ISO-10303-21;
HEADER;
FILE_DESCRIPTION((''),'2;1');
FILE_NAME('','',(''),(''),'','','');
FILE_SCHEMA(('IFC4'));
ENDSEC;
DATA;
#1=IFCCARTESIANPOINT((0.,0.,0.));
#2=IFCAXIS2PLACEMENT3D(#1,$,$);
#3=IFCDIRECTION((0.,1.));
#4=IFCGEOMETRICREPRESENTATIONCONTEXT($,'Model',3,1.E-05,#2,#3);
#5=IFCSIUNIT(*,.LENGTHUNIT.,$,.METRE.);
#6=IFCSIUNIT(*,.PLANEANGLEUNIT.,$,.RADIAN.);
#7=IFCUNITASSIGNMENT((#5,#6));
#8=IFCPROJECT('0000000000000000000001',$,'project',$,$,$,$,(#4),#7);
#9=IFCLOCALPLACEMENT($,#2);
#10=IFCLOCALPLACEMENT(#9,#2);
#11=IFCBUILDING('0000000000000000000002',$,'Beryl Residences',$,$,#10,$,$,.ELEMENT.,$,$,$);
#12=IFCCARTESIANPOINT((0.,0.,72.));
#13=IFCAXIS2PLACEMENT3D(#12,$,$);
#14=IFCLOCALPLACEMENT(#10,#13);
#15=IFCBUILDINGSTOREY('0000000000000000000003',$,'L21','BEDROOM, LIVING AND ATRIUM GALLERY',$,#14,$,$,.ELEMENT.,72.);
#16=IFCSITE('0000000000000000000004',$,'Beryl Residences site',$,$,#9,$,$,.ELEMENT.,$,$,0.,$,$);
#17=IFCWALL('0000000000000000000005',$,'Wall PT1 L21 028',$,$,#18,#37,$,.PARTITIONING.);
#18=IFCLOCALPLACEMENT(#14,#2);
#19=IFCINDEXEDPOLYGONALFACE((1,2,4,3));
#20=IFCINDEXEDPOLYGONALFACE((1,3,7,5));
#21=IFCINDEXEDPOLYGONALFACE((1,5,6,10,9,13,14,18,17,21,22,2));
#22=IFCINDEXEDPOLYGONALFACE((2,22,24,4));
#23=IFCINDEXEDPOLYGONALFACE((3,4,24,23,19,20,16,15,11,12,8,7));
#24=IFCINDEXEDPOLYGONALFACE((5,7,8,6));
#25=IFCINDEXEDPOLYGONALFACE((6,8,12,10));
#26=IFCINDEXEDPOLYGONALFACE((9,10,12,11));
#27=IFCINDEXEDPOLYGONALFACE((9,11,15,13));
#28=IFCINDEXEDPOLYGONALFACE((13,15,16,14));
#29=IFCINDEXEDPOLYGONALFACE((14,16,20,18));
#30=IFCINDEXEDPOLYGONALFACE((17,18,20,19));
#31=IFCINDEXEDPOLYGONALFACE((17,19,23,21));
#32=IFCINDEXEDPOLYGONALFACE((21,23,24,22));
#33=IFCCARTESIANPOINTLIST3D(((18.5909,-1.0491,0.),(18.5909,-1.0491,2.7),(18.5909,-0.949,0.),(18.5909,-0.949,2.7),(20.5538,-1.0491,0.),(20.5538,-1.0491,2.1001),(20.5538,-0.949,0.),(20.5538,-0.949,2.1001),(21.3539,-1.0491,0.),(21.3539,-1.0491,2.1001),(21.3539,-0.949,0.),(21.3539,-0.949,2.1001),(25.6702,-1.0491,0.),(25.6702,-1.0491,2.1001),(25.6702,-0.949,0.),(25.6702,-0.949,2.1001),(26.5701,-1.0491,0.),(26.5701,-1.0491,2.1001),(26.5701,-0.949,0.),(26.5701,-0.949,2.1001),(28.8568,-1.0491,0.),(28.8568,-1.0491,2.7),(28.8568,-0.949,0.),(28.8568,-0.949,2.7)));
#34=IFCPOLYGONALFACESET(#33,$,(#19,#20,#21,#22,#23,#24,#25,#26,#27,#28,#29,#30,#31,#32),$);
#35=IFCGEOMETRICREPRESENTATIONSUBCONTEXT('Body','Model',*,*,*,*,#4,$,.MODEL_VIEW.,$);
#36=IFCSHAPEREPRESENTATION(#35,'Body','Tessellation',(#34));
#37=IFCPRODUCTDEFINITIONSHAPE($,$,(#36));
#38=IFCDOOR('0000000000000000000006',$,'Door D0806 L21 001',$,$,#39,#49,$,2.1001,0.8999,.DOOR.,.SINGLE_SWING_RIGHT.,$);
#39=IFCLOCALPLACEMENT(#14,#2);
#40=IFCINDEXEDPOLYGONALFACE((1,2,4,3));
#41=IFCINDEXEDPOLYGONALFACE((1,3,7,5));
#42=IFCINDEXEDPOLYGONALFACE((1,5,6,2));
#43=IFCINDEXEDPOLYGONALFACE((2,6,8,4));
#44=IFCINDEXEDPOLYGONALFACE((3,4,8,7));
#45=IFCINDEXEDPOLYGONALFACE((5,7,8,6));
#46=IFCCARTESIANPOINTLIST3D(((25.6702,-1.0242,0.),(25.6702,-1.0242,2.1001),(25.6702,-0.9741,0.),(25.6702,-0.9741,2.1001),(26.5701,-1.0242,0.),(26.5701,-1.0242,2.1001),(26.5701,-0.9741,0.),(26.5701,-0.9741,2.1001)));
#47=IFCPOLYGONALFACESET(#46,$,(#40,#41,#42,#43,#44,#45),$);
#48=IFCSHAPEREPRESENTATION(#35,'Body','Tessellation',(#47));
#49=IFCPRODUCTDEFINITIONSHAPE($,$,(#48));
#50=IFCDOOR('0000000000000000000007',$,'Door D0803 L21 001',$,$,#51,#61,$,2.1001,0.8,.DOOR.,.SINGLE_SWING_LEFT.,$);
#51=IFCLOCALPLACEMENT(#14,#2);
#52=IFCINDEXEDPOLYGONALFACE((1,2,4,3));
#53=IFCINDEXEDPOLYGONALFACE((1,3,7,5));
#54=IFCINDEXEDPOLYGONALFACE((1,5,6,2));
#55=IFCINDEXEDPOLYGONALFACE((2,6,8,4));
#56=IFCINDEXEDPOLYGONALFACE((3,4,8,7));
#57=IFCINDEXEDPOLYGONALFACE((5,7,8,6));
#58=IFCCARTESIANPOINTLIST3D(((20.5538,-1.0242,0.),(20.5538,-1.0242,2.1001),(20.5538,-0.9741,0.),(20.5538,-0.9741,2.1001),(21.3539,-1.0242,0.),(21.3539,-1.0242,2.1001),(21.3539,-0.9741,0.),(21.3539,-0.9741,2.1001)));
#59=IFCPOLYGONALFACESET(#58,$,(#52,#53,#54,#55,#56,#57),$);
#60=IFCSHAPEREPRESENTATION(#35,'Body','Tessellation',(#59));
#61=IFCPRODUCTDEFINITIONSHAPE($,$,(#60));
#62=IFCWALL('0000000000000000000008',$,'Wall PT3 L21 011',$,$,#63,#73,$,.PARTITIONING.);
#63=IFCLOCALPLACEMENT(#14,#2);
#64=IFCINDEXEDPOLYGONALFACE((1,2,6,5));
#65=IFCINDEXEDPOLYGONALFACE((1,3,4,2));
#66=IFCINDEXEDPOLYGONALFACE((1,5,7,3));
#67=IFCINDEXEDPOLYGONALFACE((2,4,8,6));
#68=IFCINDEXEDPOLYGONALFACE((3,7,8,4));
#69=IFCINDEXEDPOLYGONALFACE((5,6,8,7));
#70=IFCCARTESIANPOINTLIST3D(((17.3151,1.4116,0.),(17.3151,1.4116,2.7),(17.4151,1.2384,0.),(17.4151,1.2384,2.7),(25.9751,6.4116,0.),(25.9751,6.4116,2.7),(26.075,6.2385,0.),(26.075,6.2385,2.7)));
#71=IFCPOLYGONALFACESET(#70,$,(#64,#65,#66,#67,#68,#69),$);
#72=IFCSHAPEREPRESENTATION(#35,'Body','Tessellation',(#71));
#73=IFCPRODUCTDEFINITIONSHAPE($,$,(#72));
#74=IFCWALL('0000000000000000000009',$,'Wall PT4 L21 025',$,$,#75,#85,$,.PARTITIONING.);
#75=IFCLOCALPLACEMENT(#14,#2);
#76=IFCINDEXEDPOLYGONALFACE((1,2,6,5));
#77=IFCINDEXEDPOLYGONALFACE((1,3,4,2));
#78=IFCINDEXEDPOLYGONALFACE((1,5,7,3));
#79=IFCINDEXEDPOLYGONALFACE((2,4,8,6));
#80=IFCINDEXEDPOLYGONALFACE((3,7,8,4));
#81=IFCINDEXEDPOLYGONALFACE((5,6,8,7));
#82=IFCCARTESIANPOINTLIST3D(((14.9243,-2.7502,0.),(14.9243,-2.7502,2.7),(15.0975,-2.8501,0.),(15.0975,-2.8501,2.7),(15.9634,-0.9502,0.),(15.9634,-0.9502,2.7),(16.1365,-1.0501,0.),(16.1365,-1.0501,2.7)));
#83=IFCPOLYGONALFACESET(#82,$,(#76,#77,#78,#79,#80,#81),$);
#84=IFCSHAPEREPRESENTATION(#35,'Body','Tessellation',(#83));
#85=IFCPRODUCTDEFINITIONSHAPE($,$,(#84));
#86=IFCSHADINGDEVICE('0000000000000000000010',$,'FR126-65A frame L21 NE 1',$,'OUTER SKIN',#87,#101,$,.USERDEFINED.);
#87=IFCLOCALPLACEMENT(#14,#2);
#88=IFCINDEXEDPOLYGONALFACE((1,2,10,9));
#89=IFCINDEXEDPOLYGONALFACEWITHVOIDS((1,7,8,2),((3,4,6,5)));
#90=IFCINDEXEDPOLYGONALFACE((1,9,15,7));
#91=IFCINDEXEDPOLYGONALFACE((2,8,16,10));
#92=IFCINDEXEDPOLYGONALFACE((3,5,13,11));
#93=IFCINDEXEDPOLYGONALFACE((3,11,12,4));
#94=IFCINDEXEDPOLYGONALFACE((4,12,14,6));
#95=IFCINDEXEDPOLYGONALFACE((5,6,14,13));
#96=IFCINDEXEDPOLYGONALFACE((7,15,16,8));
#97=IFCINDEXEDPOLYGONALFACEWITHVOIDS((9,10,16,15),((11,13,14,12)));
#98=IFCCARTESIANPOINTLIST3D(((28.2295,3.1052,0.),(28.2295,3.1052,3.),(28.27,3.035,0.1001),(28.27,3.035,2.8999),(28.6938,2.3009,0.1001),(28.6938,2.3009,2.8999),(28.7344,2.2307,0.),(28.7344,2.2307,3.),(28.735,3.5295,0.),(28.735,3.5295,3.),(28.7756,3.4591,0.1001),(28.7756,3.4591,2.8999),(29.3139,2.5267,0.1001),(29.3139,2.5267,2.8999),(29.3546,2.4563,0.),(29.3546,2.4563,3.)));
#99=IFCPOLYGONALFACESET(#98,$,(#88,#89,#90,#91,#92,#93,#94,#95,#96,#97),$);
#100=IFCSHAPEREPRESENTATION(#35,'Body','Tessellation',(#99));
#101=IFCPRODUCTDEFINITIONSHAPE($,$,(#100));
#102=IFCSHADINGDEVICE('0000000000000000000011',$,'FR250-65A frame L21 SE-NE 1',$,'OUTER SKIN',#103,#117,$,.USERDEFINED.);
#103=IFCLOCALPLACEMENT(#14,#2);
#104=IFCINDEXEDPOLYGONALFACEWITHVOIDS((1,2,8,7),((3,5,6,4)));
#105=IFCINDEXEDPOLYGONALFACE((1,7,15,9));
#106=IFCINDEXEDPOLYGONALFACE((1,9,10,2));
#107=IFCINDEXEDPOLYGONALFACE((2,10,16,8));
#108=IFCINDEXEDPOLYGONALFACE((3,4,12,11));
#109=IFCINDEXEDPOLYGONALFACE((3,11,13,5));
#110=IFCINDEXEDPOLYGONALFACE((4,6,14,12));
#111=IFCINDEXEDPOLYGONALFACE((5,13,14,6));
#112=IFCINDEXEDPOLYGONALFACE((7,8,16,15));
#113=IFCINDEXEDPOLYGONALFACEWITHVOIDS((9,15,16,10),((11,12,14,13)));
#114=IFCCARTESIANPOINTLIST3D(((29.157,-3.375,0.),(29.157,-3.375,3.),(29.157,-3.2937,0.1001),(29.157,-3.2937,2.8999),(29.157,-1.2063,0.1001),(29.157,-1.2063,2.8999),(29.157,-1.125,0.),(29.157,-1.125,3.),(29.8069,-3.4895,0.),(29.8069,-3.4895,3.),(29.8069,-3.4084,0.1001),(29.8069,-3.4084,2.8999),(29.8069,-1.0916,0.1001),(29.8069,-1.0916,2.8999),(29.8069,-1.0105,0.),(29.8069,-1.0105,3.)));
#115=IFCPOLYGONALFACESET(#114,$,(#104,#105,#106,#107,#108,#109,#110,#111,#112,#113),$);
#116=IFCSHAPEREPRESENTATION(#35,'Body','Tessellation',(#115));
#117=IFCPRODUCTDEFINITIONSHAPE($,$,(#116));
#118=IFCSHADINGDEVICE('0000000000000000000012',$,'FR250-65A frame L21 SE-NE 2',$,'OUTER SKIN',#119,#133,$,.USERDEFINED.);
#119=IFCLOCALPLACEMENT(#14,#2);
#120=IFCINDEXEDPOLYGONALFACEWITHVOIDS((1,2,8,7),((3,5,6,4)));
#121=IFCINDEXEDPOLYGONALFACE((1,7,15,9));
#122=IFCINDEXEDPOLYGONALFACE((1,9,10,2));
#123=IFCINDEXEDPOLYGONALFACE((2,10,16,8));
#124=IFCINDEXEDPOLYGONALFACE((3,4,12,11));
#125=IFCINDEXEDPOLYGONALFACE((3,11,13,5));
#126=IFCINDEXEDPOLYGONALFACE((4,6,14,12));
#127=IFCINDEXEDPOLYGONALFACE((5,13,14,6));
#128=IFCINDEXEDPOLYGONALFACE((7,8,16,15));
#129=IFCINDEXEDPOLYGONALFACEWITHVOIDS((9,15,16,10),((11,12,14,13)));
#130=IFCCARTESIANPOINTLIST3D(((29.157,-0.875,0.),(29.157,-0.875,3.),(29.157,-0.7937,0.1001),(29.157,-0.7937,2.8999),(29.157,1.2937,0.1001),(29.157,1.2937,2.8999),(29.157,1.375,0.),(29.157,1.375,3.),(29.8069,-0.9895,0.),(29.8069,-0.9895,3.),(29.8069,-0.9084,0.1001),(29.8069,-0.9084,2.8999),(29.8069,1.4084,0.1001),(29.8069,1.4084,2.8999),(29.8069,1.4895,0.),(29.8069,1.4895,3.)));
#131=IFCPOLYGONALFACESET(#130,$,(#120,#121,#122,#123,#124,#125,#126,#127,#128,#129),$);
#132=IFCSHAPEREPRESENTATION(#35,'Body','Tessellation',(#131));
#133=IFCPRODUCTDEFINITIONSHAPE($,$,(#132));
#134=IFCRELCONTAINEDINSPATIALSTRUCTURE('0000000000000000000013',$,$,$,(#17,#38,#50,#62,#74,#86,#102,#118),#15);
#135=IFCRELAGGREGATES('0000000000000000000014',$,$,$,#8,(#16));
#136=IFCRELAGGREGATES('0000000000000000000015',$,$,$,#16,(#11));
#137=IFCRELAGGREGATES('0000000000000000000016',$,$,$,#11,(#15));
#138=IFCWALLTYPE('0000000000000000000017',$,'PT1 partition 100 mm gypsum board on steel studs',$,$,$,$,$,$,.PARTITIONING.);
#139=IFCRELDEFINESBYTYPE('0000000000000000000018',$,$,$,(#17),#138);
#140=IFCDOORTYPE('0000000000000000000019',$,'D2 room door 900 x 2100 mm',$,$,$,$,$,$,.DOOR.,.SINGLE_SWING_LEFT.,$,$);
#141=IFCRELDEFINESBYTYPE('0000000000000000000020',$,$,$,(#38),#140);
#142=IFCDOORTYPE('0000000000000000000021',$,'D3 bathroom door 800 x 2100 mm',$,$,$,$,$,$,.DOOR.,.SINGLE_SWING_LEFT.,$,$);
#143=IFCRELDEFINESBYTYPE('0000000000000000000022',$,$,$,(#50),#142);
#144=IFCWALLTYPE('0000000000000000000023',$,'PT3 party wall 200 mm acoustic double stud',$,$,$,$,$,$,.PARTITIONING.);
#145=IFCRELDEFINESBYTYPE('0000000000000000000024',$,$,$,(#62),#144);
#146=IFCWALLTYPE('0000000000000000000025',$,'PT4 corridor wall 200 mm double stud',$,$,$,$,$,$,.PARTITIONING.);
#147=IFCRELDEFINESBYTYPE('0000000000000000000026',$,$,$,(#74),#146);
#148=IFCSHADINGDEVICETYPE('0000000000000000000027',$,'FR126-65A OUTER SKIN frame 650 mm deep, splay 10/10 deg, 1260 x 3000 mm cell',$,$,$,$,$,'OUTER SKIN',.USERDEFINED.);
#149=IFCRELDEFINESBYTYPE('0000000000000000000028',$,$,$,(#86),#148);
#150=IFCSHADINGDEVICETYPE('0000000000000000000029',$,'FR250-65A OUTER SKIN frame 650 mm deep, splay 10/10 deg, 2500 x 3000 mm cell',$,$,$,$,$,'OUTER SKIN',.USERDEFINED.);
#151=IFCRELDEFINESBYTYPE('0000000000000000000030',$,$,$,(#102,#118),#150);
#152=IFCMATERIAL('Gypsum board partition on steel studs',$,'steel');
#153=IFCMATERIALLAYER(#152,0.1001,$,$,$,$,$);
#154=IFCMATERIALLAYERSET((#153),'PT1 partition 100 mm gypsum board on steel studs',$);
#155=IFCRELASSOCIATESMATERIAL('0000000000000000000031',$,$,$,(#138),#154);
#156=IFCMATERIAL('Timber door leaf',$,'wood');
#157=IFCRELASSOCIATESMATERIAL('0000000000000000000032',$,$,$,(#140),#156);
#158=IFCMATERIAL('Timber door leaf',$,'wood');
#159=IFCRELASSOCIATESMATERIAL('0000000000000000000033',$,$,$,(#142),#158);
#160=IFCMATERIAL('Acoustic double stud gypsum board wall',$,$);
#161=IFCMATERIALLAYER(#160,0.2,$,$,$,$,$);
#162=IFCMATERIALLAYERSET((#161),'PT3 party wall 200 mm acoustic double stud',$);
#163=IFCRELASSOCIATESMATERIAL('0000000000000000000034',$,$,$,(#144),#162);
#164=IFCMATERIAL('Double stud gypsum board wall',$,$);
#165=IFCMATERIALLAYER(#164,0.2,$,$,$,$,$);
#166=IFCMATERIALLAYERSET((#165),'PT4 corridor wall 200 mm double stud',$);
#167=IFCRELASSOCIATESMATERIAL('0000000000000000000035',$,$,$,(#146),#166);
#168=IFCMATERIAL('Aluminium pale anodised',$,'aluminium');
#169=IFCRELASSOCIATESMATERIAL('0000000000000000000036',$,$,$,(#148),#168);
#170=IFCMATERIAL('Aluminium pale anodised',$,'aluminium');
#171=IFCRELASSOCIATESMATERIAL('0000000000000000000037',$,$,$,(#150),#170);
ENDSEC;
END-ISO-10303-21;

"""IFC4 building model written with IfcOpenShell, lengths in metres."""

from ifc_helpers import new_model, entity, si_unit, direction, frame, frame_2d, origin, place, context, subcontext, project, spatial, rectangle, extrude, source, transform, mapped, material, layer, layer_set, type_object, type_shapes, element, fill, save


model = new_model("IFC4")

# Units and contexts
model_context = context("Model", 3, precision=1e-05, world=origin(), true_north=direction((0.0, 1.0)))
body_context = subcontext(model_context, "Body", "Model", "MODEL_VIEW")
ifc_project = project(units=[si_unit("LENGTHUNIT", "METRE"), si_unit("PLANEANGLEUNIT", "RADIAN")], contexts=[model_context])

# Site, building, storey
site_placement = place(None, origin())
site = spatial("IfcSite", under=ifc_project, at=site_placement, Name="Beryl Residences site", CompositionType="ELEMENT", RefElevation=0.0)
building_placement = place(site_placement, origin())
building = spatial("IfcBuilding", under=site, at=building_placement, Name="Beryl Residences", CompositionType="ELEMENT")
storey_placement = place(building_placement, frame((0.0, 0.0, 72.0)))
storey = spatial("IfcBuildingStorey", under=building, at=storey_placement, Name="L21", Description="BEDROOM, LIVING AND ATRIUM GALLERY", CompositionType="ELEMENT", Elevation=72.0)

# Shared definitions
ifc_material_1 = material(Name="Gypsum board partition on steel studs", Category="steel")
ifc_layer_1 = layer(ifc_material_1, 0.1001)
ifc_layer_set_1 = layer_set([ifc_layer_1], Name="PT1 partition 100 mm gypsum board on steel studs")
wall_type_1 = type_object("IfcWallType", Name="PT1 partition 100 mm gypsum board on steel studs", PredefinedType="PARTITIONING", material=ifc_layer_set_1)

# Wall, openings, doors
wall_1_placement = place(storey_placement, frame((18.5911, -0.999, 0.0), z_axis=(0.0, 0.0, 1.0), x_axis=(1.0, 0.0, 0.0)))
wall_1 = element("IfcWall", 1, at=wall_1_placement, inside=storey, type_object=wall_type_1, Name="Wall PT1 L21 028", PredefinedType="PARTITIONING", context=body_context, shape_type="SweptSolid", body=[
    extrude(rectangle(XDim=10.2659, YDim=0.1001, at=frame_2d((5.1328, 0.0))), origin(), (0.0, 0.0, 1.0), 2.7),
])
opening_1_placement = place(wall_1_placement, frame((1.9629, 0.0, 0.0)))
opening_1 = element("IfcOpeningElement", 2, at=opening_1_placement, cuts=wall_1, PredefinedType="OPENING", context=body_context, shape_type="SweptSolid", body=[
    extrude(rectangle(XDim=0.8, YDim=2.1001, at=frame_2d((0.3999, 1.05))), frame((0.0, 0.0601, 0.0), z_axis=(0.0, -1.0, 0.0), x_axis=(1.0, 0.0, 0.0)), (0.0, 0.0, 1.0), 0.1201),
])
opening_2_placement = place(wall_1_placement, frame((7.0791, 0.0, 0.0)))
opening_2 = element("IfcOpeningElement", 3, at=opening_2_placement, cuts=wall_1, PredefinedType="OPENING", context=body_context, shape_type="SweptSolid", body=[
    extrude(rectangle(XDim=0.8999, YDim=2.1001, at=frame_2d((0.45, 1.05))), frame((0.0, 0.0601, 0.0), z_axis=(0.0, -1.0, 0.0), x_axis=(1.0, 0.0, 0.0)), (0.0, 0.0, 1.0), 0.1201),
])
ifc_material_2 = material(Name="Timber door leaf", Category="wood")
door_type_1 = type_object("IfcDoorType", Name="D2 room door 900 x 2100 mm", OperationType="SINGLE_SWING_LEFT", PredefinedType="DOOR", material=ifc_material_2)
door_1_placement = place(opening_2_placement, origin())
door_1 = element("IfcDoor", 4, at=door_1_placement, inside=storey, type_object=door_type_1, Name="Door D0806 L21 001", OperationType="SINGLE_SWING_RIGHT", OverallHeight=2.1001, OverallWidth=0.8999, PredefinedType="DOOR", context=body_context, shape_type="SweptSolid", body=[
    extrude(rectangle(XDim=0.8999, YDim=2.1001, at=frame_2d((0.45, 1.05))), frame((0.0, 0.0249, 0.0), z_axis=(0.0, -1.0, 0.0), x_axis=(1.0, 0.0, 0.0)), (0.0, 0.0, 1.0), 0.05),
])
fill(opening_2, door_1)
ifc_material_3 = material(Name="Timber door leaf", Category="wood")
door_type_2 = type_object("IfcDoorType", Name="D3 bathroom door 800 x 2100 mm", OperationType="SINGLE_SWING_LEFT", PredefinedType="DOOR", material=ifc_material_3)
door_2_placement = place(opening_1_placement, origin())
door_2 = element("IfcDoor", 5, at=door_2_placement, inside=storey, type_object=door_type_2, Name="Door D0803 L21 001", OperationType="SINGLE_SWING_LEFT", OverallHeight=2.1001, OverallWidth=0.8, PredefinedType="DOOR", context=body_context, shape_type="SweptSolid", body=[
    extrude(rectangle(XDim=0.8, YDim=2.1001, at=frame_2d((0.3999, 1.05))), frame((0.0, 0.0249, 0.0), z_axis=(0.0, -1.0, 0.0), x_axis=(1.0, 0.0, 0.0)), (0.0, 0.0, 1.0), 0.05),
])
fill(opening_1, door_2)

# Walls
ifc_material_4 = material(Name="Acoustic double stud gypsum board wall")
ifc_layer_2 = layer(ifc_material_4, 0.2)
ifc_layer_set_2 = layer_set([ifc_layer_2], Name="PT3 party wall 200 mm acoustic double stud")
wall_type_2 = type_object("IfcWallType", Name="PT3 party wall 200 mm acoustic double stud", PredefinedType="PARTITIONING", material=ifc_layer_set_2)
wall_2_placement = place(storey_placement, frame((17.365, 1.325, 0.0), z_axis=(0.0, 0.0, 1.0), x_axis=(0.866017, 0.500015, 0.0)))
element("IfcWall", 6, at=wall_2_placement, inside=storey, type_object=wall_type_2, Name="Wall PT3 L21 011", PredefinedType="PARTITIONING", context=body_context, shape_type="SweptSolid", body=[
    extrude(rectangle(XDim=9.9998, YDim=0.2, at=frame_2d((5.0, 0.0))), origin(), (0.0, 0.0, 1.0), 2.7),
])
ifc_material_5 = material(Name="Double stud gypsum board wall")
ifc_layer_3 = layer(ifc_material_5, 0.2)
ifc_layer_set_3 = layer_set([ifc_layer_3], Name="PT4 corridor wall 200 mm double stud")
wall_type_3 = type_object("IfcWallType", Name="PT4 corridor wall 200 mm double stud", PredefinedType="PARTITIONING", material=ifc_layer_set_3)
wall_3_placement = place(storey_placement, frame((15.011, -2.8, 0.0), z_axis=(0.0, 0.0, 1.0), x_axis=(0.499929, 0.866066, 0.0)))
element("IfcWall", 7, at=wall_3_placement, inside=storey, type_object=wall_type_3, Name="Wall PT4 L21 025", PredefinedType="PARTITIONING", context=body_context, shape_type="SweptSolid", body=[
    extrude(rectangle(XDim=2.0784, YDim=0.2, at=frame_2d((1.0391, 0.0))), origin(), (0.0, 0.0, 1.0), 2.7),
])

# Shading devices
ifc_material_6 = material(Name="Aluminium pale anodised", Category="aluminium")
shading_device_type_1 = type_object("IfcShadingDeviceType", Name="FR126-65A OUTER SKIN frame 650 mm deep, splay 10/10 deg, 1260 x 3000 mm cell", ElementType="OUTER SKIN", PredefinedType="USERDEFINED", material=ifc_material_6)
cartesian_point_1 = entity("IfcCartesianPoint", [-0.5049, 0.0])
cartesian_point_2 = entity("IfcCartesianPoint", [-0.4238, 0.1001])
cartesian_point_3 = entity("IfcCartesianPoint", [-0.6196, 0.0])
cartesian_point_4 = entity("IfcCartesianPoint", [-0.5383, 0.1001])
shared_shape_1 = source(origin(), body_context, "Body", "SweptSolid", [
    entity("IfcExtrudedAreaSolidTapered", entity("IfcArbitraryProfileDefWithVoids", "AREA", None, entity("IfcPolyline", [cartesian_point_1, entity("IfcCartesianPoint", [0.5049, 0.0]), entity("IfcCartesianPoint", [0.5049, 3.0]), entity("IfcCartesianPoint", [-0.5049, 3.0]), cartesian_point_1]), [entity("IfcPolyline", [cartesian_point_2, entity("IfcCartesianPoint", [0.4238, 0.1001]), entity("IfcCartesianPoint", [0.4238, 2.8999]), entity("IfcCartesianPoint", [-0.4238, 2.8999]), cartesian_point_2])]), entity("IfcAxis2Placement3D", entity("IfcCartesianPoint", [0.0, 0.0, 0.0]), entity("IfcDirection", [0.0, 1.0, 0.0]), entity("IfcDirection", [-1.0, 0.0, 0.0])), entity("IfcDirection", [0.0, 0.0, 1.0]), 0.6499, entity("IfcArbitraryProfileDefWithVoids", "AREA", None, entity("IfcPolyline", [cartesian_point_3, entity("IfcCartesianPoint", [0.6196, 0.0]), entity("IfcCartesianPoint", [0.6196, 3.0]), entity("IfcCartesianPoint", [-0.6196, 3.0]), cartesian_point_3]), [entity("IfcPolyline", [cartesian_point_4, entity("IfcCartesianPoint", [0.5383, 0.1001]), entity("IfcCartesianPoint", [0.5383, 2.8999]), entity("IfcCartesianPoint", [-0.5383, 2.8999]), cartesian_point_4])])),
])
type_shapes(shading_device_type_1, [shared_shape_1])
shading_device_placement = place(storey_placement, frame((28.4819, 2.668, 0.0), z_axis=(0.0, 0.0, 1.0), x_axis=(0.5, -0.866025, 0.0)))
element("IfcShadingDevice", 8, at=shading_device_placement, inside=storey, type_object=shading_device_type_1, Name="FR126-65A frame L21 NE 1", ObjectType="OUTER SKIN", PredefinedType="USERDEFINED", context=body_context, shape_type="MappedRepresentation", body=[
    mapped(shared_shape_1, transform((0.0, 0.0, 0.0))),
])
ifc_material_7 = material(Name="Aluminium pale anodised", Category="aluminium")
shading_device_type_2 = type_object("IfcShadingDeviceType", Name="FR250-65A OUTER SKIN frame 650 mm deep, splay 10/10 deg, 2500 x 3000 mm cell", ElementType="OUTER SKIN", PredefinedType="USERDEFINED", material=ifc_material_7)
cartesian_point_5 = entity("IfcCartesianPoint", [-1.125, 0.0])
cartesian_point_6 = entity("IfcCartesianPoint", [-1.0437, 0.1001])
cartesian_point_7 = entity("IfcCartesianPoint", [-1.2395, 0.0])
cartesian_point_8 = entity("IfcCartesianPoint", [-1.1584, 0.1001])
shared_shape_2 = source(origin(), body_context, "Body", "SweptSolid", [
    entity("IfcExtrudedAreaSolidTapered", entity("IfcArbitraryProfileDefWithVoids", "AREA", None, entity("IfcPolyline", [cartesian_point_5, entity("IfcCartesianPoint", [1.125, 0.0]), entity("IfcCartesianPoint", [1.125, 3.0]), entity("IfcCartesianPoint", [-1.125, 3.0]), cartesian_point_5]), [entity("IfcPolyline", [cartesian_point_6, entity("IfcCartesianPoint", [1.0437, 0.1001]), entity("IfcCartesianPoint", [1.0437, 2.8999]), entity("IfcCartesianPoint", [-1.0437, 2.8999]), cartesian_point_6])]), entity("IfcAxis2Placement3D", entity("IfcCartesianPoint", [0.0, 0.0, 0.0]), entity("IfcDirection", [0.0, 1.0, 0.0]), entity("IfcDirection", [-1.0, 0.0, 0.0])), entity("IfcDirection", [0.0, 0.0, 1.0]), 0.6499, entity("IfcArbitraryProfileDefWithVoids", "AREA", None, entity("IfcPolyline", [cartesian_point_7, entity("IfcCartesianPoint", [1.2395, 0.0]), entity("IfcCartesianPoint", [1.2395, 3.0]), entity("IfcCartesianPoint", [-1.2395, 3.0]), cartesian_point_7]), [entity("IfcPolyline", [cartesian_point_8, entity("IfcCartesianPoint", [1.1584, 0.1001]), entity("IfcCartesianPoint", [1.1584, 2.8999]), entity("IfcCartesianPoint", [-1.1584, 2.8999]), cartesian_point_8])])),
])
type_shapes(shading_device_type_2, [shared_shape_2])
for number, where, z_axis, x_axis, name in (
    (9, (29.157, -2.25, 0.0), (0.0, 0.0, 1.0), (0.0, -1.0, 0.0), "FR250-65A frame L21 SE-NE 1"),
    (10, (29.157, 0.25, 0.0), (0.0, 0.0, 1.0), (0.0, -1.0, 0.0), "FR250-65A frame L21 SE-NE 2"),
):
    element("IfcShadingDevice", number, at=place(storey_placement, frame(where, z_axis=z_axis, x_axis=x_axis)), inside=storey, type_object=shading_device_type_2, Name=name, ObjectType="OUTER SKIN", PredefinedType="USERDEFINED", context=body_context, shape_type="MappedRepresentation", body=[
        mapped(shared_shape_2, transform((0.0, 0.0, 0.0))),
    ])

save(model, "model.ifc")
